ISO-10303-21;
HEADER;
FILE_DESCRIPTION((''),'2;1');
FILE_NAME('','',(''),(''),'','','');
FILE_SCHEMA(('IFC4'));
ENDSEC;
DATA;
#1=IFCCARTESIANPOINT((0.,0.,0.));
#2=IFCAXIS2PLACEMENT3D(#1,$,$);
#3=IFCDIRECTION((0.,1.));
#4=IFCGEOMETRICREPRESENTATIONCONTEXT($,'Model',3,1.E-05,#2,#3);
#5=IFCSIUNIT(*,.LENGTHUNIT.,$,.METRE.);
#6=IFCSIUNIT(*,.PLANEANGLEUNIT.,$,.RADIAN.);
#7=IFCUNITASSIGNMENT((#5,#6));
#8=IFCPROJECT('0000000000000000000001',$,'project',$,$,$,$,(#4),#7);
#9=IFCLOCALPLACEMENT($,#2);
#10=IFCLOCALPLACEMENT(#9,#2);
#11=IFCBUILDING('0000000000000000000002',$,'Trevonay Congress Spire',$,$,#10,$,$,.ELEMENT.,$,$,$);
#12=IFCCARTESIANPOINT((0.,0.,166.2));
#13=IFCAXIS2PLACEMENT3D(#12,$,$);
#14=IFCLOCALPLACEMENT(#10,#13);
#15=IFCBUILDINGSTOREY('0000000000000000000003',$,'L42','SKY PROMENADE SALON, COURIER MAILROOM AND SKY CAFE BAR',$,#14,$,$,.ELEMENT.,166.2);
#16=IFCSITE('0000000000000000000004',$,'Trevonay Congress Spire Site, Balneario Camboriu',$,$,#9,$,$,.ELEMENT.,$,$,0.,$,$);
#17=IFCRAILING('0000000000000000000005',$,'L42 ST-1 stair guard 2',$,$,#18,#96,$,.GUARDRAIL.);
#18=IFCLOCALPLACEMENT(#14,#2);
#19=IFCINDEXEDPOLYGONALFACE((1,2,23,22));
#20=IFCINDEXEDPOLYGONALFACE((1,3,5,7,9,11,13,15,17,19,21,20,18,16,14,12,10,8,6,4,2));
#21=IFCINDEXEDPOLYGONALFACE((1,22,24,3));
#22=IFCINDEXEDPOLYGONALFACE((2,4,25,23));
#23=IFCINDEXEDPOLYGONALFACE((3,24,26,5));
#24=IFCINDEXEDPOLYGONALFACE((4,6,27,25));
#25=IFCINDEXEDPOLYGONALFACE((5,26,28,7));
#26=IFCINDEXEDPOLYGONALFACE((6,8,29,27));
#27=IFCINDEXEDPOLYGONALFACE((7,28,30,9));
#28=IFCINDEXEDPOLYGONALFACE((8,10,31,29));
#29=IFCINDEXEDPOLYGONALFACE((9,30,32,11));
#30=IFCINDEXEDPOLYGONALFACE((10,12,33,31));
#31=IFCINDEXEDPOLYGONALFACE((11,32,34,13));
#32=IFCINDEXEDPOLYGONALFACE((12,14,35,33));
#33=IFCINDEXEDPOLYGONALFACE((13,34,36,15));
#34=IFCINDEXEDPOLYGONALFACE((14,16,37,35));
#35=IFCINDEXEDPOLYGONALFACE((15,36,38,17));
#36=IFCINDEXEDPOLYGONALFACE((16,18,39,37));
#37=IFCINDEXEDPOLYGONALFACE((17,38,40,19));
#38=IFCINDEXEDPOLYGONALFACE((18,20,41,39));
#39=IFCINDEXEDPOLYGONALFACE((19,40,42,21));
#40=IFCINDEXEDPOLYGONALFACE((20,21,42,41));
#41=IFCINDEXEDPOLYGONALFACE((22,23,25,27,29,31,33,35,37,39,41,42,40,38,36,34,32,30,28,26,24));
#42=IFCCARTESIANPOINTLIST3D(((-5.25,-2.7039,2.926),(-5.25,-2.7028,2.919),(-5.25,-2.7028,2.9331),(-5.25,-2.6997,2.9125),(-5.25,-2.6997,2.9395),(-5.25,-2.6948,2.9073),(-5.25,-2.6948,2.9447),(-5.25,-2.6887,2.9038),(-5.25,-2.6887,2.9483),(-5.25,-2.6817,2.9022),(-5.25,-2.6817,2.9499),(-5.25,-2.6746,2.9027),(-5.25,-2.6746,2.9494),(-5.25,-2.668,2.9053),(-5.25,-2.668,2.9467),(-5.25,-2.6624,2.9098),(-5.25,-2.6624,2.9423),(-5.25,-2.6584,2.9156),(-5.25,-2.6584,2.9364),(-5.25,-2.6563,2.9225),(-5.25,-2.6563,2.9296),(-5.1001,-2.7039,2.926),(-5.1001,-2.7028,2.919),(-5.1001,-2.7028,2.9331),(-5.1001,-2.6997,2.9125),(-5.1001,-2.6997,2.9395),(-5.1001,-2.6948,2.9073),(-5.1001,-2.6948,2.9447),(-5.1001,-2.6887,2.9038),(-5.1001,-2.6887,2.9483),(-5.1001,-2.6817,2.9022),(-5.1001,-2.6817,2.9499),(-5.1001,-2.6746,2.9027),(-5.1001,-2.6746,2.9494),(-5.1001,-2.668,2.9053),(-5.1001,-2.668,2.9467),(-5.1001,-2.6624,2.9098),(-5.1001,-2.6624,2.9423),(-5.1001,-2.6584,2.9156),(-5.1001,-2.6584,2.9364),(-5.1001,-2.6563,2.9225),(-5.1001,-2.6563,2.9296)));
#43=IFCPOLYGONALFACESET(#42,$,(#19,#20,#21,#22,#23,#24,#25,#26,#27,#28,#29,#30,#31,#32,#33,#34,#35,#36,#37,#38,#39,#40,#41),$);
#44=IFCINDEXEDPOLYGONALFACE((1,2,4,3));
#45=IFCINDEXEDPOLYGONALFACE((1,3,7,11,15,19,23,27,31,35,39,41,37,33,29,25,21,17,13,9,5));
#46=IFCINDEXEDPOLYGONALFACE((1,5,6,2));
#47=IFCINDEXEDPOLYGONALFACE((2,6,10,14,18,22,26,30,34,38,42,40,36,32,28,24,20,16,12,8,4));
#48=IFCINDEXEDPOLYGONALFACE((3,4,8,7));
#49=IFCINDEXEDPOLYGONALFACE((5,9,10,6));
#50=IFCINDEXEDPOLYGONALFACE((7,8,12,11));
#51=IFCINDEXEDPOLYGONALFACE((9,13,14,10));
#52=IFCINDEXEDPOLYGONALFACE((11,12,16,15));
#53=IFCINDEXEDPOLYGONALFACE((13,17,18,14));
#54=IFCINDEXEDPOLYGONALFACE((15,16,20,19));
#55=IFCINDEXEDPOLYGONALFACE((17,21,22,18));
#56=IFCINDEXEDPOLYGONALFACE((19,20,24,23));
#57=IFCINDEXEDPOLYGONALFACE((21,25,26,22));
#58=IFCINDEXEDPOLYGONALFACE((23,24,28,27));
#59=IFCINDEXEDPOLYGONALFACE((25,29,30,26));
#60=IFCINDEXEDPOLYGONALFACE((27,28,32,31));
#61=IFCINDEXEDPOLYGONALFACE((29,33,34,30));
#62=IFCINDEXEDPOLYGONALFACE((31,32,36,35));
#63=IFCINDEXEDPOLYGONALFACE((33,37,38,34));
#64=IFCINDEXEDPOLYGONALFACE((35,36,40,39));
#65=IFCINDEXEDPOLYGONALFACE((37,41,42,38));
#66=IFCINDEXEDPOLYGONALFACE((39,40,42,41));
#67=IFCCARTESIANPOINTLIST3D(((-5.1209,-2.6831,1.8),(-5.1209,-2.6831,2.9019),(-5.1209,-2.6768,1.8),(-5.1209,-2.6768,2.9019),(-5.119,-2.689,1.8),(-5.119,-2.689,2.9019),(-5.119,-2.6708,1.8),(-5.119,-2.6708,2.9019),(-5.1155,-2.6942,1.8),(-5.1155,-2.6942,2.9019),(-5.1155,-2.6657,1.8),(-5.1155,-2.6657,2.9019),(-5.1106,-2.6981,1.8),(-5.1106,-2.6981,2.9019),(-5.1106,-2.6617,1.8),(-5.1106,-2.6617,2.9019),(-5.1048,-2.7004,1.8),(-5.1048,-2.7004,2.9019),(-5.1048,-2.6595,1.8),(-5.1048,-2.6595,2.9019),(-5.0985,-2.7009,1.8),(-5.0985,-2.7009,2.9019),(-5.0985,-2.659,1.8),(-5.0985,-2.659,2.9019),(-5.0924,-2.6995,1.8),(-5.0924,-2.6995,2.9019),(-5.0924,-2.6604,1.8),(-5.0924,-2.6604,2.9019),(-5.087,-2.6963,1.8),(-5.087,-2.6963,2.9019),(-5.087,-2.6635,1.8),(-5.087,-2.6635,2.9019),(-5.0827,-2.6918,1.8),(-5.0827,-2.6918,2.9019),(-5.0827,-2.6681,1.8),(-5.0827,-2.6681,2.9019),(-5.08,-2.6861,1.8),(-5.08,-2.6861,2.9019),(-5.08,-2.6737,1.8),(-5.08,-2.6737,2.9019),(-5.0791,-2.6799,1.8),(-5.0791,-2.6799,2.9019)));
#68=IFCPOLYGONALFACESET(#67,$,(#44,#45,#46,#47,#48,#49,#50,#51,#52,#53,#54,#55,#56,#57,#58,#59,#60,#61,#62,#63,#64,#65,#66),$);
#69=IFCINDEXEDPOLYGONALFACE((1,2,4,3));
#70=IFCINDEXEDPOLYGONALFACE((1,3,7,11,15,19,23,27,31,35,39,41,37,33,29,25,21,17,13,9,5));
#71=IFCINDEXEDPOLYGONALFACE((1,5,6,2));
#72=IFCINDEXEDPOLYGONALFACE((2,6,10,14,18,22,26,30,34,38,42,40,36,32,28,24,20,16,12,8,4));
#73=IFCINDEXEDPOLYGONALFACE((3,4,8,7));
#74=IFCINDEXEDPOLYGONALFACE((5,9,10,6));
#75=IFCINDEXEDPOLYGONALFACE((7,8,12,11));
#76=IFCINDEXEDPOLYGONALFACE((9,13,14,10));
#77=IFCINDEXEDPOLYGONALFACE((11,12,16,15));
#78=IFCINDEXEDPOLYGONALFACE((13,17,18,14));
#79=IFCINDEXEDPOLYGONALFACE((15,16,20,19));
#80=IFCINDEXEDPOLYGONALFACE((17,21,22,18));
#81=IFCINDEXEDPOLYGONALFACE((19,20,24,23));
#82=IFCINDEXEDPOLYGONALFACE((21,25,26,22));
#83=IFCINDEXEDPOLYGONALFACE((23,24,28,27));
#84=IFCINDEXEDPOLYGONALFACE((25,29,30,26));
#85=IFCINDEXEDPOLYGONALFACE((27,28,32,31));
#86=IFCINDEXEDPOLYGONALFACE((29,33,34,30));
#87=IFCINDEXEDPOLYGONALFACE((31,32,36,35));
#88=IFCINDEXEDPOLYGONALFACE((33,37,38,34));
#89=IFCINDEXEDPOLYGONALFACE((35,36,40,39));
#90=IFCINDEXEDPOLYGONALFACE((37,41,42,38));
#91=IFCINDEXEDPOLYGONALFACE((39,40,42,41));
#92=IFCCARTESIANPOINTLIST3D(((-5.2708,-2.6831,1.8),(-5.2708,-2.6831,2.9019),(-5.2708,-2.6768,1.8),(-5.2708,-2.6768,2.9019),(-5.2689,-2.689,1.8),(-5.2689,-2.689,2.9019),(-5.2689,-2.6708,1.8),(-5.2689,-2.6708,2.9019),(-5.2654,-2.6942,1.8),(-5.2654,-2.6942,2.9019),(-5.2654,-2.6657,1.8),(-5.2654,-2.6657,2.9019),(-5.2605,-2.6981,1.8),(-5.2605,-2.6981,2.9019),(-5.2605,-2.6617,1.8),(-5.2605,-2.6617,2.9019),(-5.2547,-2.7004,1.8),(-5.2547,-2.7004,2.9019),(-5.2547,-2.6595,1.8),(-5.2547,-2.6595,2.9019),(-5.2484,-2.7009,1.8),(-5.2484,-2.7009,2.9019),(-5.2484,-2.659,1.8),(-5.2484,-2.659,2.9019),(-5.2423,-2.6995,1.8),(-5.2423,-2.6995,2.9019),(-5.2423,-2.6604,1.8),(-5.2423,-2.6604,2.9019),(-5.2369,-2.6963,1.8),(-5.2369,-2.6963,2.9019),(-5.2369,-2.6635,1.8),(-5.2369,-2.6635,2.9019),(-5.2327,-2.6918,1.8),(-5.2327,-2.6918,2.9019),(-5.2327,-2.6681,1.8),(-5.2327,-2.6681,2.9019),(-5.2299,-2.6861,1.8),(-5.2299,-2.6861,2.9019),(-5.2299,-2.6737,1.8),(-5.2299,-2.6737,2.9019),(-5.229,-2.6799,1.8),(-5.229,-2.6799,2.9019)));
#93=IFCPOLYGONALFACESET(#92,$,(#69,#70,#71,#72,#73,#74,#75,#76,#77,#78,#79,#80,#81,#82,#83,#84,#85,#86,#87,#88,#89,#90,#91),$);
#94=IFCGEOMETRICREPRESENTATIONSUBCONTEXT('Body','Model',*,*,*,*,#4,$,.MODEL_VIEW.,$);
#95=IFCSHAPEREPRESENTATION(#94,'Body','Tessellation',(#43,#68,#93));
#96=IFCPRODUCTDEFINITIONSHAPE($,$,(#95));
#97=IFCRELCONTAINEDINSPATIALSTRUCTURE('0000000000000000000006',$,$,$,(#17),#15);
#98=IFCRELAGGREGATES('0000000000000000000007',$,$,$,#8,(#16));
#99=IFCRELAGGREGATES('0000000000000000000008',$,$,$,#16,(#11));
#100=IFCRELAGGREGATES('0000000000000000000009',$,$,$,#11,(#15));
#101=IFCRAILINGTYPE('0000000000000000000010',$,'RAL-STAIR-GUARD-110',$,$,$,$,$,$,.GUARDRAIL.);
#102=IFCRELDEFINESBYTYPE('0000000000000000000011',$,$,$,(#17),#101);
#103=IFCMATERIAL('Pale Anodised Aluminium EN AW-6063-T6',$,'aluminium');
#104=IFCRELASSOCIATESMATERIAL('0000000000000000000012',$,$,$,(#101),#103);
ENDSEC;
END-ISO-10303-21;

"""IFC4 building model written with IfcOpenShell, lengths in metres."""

from ifc_helpers import new_model, si_unit, direction, frame, origin, origin_2d, place, context, subcontext, project, spatial, circle, extrude, material, type_object, element, save


model = new_model("IFC4")

# Units and contexts
model_context = context("Model", 3, precision=1e-05, world=origin(), true_north=direction((0.0, 1.0)))
body_context = subcontext(model_context, "Body", "Model", "MODEL_VIEW")
ifc_project = project(units=[si_unit("LENGTHUNIT", "METRE"), si_unit("PLANEANGLEUNIT", "RADIAN")], contexts=[model_context])

# Site, building, storey
site_placement = place(None, origin())
site = spatial("IfcSite", under=ifc_project, at=site_placement, Name="Trevonay Congress Spire Site, Balneario Camboriu", CompositionType="ELEMENT", RefElevation=0.0)
building_placement = place(site_placement, origin())
building = spatial("IfcBuilding", under=site, at=building_placement, Name="Trevonay Congress Spire", CompositionType="ELEMENT")
storey_placement = place(building_placement, frame((0.0, 0.0, 166.2)))
storey = spatial("IfcBuildingStorey", under=building, at=storey_placement, Name="L42", Description="SKY PROMENADE SALON, COURIER MAILROOM AND SKY CAFE BAR", CompositionType="ELEMENT", Elevation=166.2)

# Railing
ifc_material_1 = material(Name="Pale Anodised Aluminium EN AW-6063-T6", Category="aluminium")
railing_type_1 = type_object("IfcRailingType", Name="RAL-STAIR-GUARD-110", PredefinedType="GUARDRAIL", material=ifc_material_1)
railing_1_placement = place(storey_placement, frame((-5.1001, -2.6799, 1.8)))
element("IfcRailing", 1, at=railing_1_placement, inside=storey, type_object=railing_type_1, Name="L42 ST-1 stair guard 2", PredefinedType="GUARDRAIL", context=body_context, shape_type="SweptSolid", body=[
    extrude(circle(Radius=0.0239, at=origin_2d()), frame((0.0, 0.0, 1.126), z_axis=(-1.0, 0.0, 0.0), x_axis=(0.0, -1.0, 0.0)), (0.0, 0.0, 1.0), 0.1499),
    extrude(circle(Radius=0.021, at=origin_2d()), origin(), (0.0, 0.0, 1.0), 1.1018),
    extrude(circle(Radius=0.021, at=origin_2d()), frame((-0.1499, 0.0, 0.0)), (0.0, 0.0, 1.0), 1.1018),
])

save(model, "model.ifc")
